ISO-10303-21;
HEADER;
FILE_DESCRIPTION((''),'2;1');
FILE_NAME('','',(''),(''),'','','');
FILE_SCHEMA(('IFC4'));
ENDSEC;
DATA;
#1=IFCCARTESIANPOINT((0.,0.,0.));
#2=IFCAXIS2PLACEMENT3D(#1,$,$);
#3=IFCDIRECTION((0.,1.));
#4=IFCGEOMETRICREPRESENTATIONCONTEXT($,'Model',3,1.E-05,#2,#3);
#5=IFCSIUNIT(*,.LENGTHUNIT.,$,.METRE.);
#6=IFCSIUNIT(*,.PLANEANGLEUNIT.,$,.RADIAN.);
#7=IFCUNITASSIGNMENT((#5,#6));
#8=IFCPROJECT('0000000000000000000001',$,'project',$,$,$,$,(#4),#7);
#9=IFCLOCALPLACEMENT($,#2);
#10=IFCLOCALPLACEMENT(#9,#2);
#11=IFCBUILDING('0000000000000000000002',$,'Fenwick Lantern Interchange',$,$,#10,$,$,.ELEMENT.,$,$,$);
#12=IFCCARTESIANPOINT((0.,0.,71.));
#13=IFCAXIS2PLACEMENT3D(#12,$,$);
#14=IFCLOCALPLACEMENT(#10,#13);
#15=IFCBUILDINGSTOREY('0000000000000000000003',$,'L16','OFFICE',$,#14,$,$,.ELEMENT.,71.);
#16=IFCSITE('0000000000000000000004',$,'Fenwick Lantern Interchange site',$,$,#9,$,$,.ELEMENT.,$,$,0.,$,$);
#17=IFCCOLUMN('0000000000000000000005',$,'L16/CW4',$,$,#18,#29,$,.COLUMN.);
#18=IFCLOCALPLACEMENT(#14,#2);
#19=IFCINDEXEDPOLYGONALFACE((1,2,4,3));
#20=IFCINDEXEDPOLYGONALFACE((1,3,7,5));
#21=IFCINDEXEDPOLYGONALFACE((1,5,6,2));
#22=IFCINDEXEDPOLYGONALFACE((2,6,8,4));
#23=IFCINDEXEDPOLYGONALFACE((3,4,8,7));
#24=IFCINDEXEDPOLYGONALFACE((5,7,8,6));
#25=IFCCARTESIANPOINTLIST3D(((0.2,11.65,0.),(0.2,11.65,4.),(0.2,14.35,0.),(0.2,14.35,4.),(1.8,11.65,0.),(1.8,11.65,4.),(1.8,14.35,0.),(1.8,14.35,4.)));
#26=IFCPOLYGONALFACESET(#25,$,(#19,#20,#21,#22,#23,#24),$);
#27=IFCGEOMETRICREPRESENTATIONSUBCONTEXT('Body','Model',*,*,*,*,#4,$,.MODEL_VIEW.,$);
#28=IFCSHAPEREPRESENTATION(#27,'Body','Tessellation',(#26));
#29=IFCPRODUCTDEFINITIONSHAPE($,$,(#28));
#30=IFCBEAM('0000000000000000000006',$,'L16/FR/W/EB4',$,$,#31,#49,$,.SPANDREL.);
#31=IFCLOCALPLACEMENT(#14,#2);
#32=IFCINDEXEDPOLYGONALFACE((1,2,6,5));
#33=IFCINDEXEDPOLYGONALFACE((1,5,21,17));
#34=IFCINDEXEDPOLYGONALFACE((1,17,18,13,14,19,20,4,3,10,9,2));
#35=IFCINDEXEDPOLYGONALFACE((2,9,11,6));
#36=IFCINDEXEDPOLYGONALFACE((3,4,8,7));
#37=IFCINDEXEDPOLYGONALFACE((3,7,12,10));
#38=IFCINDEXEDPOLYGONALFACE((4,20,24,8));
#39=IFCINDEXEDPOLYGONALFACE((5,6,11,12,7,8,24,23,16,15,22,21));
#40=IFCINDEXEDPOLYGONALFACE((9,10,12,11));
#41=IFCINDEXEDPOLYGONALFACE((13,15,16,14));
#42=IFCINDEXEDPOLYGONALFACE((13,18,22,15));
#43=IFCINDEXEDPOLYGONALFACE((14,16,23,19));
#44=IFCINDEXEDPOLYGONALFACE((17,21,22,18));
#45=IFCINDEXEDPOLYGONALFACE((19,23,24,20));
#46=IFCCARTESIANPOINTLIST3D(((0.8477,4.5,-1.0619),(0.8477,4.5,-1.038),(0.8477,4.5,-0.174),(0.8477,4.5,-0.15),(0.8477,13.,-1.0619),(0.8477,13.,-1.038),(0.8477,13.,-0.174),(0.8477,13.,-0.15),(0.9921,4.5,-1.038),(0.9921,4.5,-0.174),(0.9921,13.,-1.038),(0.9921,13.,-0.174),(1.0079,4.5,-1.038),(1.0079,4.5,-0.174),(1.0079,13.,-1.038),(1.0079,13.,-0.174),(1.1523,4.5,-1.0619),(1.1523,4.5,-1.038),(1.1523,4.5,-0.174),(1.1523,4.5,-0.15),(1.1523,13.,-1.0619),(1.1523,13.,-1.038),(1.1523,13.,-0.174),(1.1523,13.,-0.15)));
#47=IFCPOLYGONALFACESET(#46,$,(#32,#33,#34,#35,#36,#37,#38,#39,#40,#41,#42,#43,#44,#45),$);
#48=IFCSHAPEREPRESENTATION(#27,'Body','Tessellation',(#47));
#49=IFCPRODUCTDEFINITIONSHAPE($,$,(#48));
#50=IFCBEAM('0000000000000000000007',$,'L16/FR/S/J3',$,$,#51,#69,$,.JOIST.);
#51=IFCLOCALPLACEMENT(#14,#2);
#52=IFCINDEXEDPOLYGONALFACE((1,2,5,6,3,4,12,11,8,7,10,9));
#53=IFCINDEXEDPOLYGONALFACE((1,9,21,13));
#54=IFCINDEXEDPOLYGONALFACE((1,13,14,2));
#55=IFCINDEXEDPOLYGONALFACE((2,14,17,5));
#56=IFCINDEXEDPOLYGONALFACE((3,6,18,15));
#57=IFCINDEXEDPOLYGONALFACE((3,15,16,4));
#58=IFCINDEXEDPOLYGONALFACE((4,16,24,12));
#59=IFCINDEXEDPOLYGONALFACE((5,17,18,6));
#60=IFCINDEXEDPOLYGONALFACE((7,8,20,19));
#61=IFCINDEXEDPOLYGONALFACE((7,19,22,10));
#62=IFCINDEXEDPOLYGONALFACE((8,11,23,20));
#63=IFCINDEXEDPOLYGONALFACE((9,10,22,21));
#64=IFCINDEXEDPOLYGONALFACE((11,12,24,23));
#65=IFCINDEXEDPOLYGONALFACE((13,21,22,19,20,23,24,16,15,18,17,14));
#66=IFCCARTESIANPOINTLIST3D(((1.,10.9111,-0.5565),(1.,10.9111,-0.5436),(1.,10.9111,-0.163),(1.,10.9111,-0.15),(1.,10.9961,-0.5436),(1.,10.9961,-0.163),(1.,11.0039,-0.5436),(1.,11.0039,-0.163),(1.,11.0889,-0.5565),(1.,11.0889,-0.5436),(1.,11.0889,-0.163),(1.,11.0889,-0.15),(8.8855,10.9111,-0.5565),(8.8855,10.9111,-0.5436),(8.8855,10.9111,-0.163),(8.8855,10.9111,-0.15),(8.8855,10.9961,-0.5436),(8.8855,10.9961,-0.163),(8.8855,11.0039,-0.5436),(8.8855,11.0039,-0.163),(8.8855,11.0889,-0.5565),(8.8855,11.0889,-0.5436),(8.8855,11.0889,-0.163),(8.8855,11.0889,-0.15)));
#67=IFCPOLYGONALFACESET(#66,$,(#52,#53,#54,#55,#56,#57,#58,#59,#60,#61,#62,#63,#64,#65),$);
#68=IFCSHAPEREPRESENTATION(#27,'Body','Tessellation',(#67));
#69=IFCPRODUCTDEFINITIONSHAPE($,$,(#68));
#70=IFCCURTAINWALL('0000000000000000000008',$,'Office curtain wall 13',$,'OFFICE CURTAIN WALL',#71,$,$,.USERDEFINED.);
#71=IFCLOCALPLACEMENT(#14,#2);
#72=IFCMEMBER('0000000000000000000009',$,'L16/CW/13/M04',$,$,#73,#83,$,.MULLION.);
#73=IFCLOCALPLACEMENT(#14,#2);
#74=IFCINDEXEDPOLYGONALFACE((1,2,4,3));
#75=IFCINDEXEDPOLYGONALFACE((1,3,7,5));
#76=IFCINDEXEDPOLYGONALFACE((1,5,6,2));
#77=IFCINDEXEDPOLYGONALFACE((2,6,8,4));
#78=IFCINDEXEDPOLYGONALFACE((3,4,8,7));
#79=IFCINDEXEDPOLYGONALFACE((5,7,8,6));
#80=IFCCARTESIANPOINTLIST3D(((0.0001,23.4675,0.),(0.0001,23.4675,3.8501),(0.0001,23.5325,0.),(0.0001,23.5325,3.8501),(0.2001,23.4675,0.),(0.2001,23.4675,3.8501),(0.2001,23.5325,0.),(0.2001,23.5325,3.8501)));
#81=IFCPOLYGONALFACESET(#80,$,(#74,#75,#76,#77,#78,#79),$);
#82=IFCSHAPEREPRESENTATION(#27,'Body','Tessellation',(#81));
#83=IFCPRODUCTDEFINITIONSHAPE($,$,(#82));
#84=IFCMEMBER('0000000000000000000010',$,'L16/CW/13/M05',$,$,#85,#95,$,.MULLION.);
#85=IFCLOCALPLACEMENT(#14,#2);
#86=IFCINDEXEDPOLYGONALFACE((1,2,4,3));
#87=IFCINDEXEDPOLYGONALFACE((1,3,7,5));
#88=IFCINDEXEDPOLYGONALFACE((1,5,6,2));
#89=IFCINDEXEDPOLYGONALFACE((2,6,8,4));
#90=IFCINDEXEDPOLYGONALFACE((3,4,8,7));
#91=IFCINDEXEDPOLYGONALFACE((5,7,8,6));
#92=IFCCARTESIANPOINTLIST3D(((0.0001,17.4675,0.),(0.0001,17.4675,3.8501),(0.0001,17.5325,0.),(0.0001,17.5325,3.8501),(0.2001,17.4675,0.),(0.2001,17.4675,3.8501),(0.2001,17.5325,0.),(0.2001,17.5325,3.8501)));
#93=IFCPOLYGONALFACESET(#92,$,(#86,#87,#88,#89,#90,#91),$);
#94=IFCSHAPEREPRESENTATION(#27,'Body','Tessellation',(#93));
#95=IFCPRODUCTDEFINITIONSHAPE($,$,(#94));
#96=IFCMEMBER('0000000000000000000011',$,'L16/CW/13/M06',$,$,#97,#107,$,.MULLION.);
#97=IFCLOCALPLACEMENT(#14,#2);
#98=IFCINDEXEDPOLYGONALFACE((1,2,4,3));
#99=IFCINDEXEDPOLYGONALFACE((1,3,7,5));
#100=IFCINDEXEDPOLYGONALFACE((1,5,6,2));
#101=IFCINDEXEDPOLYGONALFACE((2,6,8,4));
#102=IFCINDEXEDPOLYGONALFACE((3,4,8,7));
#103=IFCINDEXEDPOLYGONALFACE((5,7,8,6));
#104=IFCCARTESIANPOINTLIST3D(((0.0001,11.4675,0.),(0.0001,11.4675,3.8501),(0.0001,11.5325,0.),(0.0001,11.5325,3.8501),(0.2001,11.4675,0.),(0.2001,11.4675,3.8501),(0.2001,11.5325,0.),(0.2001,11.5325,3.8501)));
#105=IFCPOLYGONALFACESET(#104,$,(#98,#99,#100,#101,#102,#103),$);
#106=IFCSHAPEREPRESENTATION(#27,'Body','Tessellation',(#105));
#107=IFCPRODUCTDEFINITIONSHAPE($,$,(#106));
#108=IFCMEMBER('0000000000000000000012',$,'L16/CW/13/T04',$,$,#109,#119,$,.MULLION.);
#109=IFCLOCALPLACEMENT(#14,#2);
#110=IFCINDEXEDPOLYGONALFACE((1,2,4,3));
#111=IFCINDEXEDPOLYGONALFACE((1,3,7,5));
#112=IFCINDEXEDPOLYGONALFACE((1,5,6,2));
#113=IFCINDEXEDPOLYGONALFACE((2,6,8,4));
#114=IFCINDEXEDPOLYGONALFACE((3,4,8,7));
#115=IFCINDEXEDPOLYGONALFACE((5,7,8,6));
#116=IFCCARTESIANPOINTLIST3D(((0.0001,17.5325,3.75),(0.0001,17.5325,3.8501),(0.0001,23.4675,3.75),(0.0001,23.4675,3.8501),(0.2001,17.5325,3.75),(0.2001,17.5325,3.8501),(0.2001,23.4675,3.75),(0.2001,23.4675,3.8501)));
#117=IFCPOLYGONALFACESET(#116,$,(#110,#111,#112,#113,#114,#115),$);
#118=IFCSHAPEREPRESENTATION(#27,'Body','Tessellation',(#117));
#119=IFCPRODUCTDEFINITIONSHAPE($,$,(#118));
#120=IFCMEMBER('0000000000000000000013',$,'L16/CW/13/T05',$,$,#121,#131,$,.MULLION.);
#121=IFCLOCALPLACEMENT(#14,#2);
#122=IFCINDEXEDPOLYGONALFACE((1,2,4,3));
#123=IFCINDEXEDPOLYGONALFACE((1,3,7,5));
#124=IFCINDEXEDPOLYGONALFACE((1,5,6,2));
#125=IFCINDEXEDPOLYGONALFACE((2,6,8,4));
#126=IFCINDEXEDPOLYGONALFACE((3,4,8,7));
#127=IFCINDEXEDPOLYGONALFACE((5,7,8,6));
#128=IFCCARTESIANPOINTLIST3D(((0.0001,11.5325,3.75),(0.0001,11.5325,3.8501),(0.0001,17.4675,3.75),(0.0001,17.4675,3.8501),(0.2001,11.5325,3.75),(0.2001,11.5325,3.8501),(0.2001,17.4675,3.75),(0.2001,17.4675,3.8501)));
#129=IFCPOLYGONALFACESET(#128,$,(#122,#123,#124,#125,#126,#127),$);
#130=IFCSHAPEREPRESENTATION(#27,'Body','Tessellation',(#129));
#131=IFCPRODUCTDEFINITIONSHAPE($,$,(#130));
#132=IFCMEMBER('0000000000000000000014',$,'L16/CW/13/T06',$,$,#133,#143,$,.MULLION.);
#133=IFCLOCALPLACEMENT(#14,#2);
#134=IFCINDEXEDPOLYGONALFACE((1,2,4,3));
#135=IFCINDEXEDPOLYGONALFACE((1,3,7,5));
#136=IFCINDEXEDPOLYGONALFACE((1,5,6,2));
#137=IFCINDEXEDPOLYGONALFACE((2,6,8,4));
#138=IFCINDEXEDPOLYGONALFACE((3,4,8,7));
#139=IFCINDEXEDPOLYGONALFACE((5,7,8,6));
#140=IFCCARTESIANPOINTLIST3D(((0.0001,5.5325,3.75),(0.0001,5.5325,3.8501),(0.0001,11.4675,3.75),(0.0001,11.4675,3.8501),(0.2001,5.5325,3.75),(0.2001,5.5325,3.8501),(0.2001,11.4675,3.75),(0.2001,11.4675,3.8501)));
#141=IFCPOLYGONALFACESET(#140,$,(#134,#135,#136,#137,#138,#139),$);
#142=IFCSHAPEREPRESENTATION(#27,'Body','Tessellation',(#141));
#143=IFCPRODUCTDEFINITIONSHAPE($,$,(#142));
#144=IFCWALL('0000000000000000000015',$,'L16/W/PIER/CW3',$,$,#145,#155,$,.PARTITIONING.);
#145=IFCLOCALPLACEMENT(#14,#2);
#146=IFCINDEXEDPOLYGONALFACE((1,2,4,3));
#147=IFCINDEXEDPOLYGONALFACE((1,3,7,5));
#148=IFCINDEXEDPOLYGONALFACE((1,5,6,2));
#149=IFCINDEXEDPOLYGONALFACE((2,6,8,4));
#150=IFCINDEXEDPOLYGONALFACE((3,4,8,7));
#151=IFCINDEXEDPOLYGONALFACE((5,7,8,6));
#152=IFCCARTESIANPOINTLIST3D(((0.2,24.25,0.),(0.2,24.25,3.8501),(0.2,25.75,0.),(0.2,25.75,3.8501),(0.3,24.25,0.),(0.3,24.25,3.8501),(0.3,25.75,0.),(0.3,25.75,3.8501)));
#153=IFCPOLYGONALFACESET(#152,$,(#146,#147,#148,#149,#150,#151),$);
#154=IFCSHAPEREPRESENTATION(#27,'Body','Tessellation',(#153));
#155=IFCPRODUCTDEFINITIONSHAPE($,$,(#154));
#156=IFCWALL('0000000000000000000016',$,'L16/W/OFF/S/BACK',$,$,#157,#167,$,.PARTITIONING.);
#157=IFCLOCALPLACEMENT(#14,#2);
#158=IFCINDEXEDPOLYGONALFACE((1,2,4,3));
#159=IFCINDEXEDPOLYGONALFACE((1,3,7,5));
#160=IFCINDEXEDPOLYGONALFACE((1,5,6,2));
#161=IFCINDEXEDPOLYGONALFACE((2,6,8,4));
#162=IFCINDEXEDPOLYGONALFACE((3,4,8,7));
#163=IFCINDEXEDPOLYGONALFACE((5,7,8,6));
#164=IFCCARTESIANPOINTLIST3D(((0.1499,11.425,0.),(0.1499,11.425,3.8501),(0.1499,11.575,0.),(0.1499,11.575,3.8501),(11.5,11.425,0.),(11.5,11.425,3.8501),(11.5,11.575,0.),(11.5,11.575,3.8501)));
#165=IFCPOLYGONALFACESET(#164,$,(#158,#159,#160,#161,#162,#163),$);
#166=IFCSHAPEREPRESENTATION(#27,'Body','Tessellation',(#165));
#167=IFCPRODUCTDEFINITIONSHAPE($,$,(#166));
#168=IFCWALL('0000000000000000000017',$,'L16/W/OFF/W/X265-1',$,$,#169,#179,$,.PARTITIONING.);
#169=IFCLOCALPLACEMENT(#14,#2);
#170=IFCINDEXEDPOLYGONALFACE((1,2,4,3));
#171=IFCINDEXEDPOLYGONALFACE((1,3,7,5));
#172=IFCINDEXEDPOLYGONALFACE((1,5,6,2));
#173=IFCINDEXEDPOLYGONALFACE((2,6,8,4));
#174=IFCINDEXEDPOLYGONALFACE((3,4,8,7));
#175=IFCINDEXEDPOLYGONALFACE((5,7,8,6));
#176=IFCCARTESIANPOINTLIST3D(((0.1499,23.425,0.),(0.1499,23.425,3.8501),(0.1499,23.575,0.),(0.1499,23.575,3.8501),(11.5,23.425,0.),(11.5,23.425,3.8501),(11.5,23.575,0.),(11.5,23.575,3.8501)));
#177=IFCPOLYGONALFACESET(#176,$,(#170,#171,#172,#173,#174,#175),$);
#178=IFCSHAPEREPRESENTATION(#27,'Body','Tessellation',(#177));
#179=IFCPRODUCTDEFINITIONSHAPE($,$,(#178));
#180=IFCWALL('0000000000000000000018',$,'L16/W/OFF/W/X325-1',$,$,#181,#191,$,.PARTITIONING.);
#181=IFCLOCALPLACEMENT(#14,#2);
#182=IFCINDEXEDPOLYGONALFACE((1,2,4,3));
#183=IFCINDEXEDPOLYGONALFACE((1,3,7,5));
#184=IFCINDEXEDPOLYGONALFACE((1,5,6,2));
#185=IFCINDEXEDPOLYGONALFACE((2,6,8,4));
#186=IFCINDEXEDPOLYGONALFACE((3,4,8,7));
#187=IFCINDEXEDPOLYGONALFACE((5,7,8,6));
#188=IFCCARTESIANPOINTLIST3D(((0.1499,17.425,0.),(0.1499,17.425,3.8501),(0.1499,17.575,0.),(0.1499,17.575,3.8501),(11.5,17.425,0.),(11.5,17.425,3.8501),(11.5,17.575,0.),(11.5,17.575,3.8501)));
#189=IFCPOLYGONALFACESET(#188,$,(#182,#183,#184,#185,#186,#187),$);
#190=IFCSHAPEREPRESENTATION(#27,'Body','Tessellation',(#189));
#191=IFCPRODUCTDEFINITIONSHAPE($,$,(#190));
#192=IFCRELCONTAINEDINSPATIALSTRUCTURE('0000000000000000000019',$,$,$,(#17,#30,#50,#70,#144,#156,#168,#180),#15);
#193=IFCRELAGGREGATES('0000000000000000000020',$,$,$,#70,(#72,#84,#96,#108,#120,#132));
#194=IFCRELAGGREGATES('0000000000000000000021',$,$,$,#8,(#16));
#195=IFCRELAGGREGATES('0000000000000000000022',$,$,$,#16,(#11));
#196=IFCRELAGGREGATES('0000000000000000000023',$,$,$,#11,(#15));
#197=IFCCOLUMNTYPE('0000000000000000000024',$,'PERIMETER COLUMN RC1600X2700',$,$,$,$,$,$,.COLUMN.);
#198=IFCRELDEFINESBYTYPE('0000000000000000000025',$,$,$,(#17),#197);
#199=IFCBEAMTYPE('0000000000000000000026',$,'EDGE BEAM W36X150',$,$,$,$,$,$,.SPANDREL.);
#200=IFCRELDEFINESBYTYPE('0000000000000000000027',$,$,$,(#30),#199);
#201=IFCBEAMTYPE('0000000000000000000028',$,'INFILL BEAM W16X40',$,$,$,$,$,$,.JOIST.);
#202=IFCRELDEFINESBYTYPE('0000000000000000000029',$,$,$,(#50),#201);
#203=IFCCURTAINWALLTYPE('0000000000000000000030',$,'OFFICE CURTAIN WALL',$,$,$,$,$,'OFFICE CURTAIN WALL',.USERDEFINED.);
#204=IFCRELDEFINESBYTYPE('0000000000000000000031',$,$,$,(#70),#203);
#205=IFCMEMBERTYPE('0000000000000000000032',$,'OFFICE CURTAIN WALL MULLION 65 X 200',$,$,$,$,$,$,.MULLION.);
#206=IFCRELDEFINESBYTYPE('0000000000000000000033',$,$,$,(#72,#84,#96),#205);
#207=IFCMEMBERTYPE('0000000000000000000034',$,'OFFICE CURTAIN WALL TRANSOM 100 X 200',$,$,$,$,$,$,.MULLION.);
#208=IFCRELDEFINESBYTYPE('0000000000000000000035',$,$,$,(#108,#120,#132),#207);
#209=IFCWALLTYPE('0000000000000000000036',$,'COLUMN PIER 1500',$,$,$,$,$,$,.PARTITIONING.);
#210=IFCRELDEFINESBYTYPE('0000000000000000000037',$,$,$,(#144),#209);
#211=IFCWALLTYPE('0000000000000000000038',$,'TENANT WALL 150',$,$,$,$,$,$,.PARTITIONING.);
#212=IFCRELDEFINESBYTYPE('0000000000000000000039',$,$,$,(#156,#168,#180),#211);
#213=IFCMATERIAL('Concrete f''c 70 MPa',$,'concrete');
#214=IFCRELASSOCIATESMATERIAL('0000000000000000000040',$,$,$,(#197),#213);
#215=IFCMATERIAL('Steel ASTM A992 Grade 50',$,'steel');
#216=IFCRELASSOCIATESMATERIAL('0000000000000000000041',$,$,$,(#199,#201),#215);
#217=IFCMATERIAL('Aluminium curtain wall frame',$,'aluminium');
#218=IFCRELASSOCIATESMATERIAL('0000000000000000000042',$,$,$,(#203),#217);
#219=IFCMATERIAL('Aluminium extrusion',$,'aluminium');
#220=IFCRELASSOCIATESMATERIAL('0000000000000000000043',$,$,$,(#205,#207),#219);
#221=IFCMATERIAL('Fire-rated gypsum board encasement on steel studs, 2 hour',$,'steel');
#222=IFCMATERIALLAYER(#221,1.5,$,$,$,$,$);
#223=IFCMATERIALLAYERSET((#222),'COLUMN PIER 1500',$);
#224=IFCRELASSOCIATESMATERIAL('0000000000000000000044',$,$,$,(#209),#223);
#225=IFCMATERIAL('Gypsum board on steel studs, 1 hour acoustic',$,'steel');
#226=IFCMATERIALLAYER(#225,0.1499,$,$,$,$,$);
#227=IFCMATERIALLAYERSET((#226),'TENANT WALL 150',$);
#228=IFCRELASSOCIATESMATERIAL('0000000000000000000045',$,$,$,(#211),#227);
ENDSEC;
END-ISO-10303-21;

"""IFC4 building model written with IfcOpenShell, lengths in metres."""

from ifc_helpers import new_model, si_unit, direction, frame, frame_2d, origin, origin_2d, place, context, subcontext, project, spatial, rectangle, i_section, extrude, material, layer, layer_set, material_profile, profile_set, type_object, element, aggregate, save


model = new_model("IFC4")

# Units and contexts
model_context = context("Model", 3, precision=1e-05, world=origin(), true_north=direction((0.0, 1.0)))
body_context = subcontext(model_context, "Body", "Model", "MODEL_VIEW")
ifc_project = project(units=[si_unit("LENGTHUNIT", "METRE"), si_unit("PLANEANGLEUNIT", "RADIAN")], contexts=[model_context])

# Site, building, storey
site_placement = place(None, origin())
site = spatial("IfcSite", under=ifc_project, at=site_placement, Name="Fenwick Lantern Interchange site", CompositionType="ELEMENT", RefElevation=0.0)
building_placement = place(site_placement, origin())
building = spatial("IfcBuilding", under=site, at=building_placement, Name="Fenwick Lantern Interchange", CompositionType="ELEMENT")
storey_placement = place(building_placement, frame((0.0, 0.0, 71.0)))
storey = spatial("IfcBuildingStorey", under=building, at=storey_placement, Name="L16", Description="OFFICE", CompositionType="ELEMENT", Elevation=71.0)

# Column
ifc_material_1 = material(Name="Concrete f'c 70 MPa", Category="concrete")
ifc_material_profile_1 = material_profile(ifc_material_1, rectangle(XDim=1.6001, YDim=2.7, at=origin_2d()), Name="RC1600X2700")
ifc_profile_set_1 = profile_set([ifc_material_profile_1], Name="Concrete f'c 70 MPa")
column_type = type_object("IfcColumnType", Name="PERIMETER COLUMN RC1600X2700", PredefinedType="COLUMN", material=ifc_profile_set_1)
column_placement = place(storey_placement, frame((1.0, 13.0, 0.0), z_axis=(0.0, 0.0, 1.0), x_axis=(1.0, 0.0, 0.0)))
element("IfcColumn", 1, at=column_placement, inside=storey, type_object=column_type, Name="L16/CW4", PredefinedType="COLUMN", context=body_context, shape_type="SweptSolid", body=[
    extrude(rectangle(XDim=1.6001, YDim=2.7, at=origin_2d()), origin(), (0.0, 0.0, 1.0), 4.0),
])

# Beams
ifc_material_2 = material(Name="Steel ASTM A992 Grade 50", Category="steel")
ifc_material_profile_2 = material_profile(ifc_material_2, i_section(OverallWidth=0.3047, OverallDepth=0.9119, WebThickness=0.0159, FlangeThickness=0.0239, at=origin_2d()), Name="W36X150")
ifc_profile_set_2 = profile_set([ifc_material_profile_2], Name="Steel ASTM A992 Grade 50")
beam_type_1 = type_object("IfcBeamType", Name="EDGE BEAM W36X150", PredefinedType="SPANDREL", material=ifc_profile_set_2)
beam_1_placement = place(storey_placement, frame((1.0, 13.0, -0.606), z_axis=(0.0, -1.0, 0.0), x_axis=(1.0, 0.0, 0.0)))
element("IfcBeam", 2, at=beam_1_placement, inside=storey, type_object=beam_type_1, Name="L16/FR/W/EB4", PredefinedType="SPANDREL", context=body_context, shape_type="SweptSolid", body=[
    extrude(i_section(OverallWidth=0.3047, OverallDepth=0.9119, WebThickness=0.0159, FlangeThickness=0.0239, at=origin_2d()), origin(), (0.0, 0.0, 1.0), 8.5),
])
ifc_material_profile_3 = material_profile(ifc_material_2, i_section(OverallWidth=0.1777, OverallDepth=0.4065, WebThickness=0.0078, FlangeThickness=0.0129, at=origin_2d()), Name="W16X40")
ifc_profile_set_3 = profile_set([ifc_material_profile_3], Name="Steel ASTM A992 Grade 50")
beam_type_2 = type_object("IfcBeamType", Name="INFILL BEAM W16X40", PredefinedType="JOIST", material=ifc_profile_set_3)
beam_2_placement = place(storey_placement, frame((1.0, 11.0, -0.3533), z_axis=(1.0, 0.0, 0.0), x_axis=(0.0, 1.0, 0.0)))
element("IfcBeam", 3, at=beam_2_placement, inside=storey, type_object=beam_type_2, Name="L16/FR/S/J3", PredefinedType="JOIST", context=body_context, shape_type="SweptSolid", body=[
    extrude(i_section(OverallWidth=0.1777, OverallDepth=0.4065, WebThickness=0.0078, FlangeThickness=0.0129, at=origin_2d()), origin(), (0.0, 0.0, 1.0), 7.8855),
])

# Curtain wall, members
ifc_material_3 = material(Name="Aluminium curtain wall frame", Category="aluminium")
curtain_wall_type = type_object("IfcCurtainWallType", Name="OFFICE CURTAIN WALL", ElementType="OFFICE CURTAIN WALL", PredefinedType="USERDEFINED", material=ifc_material_3)
curtain_wall_placement = place(storey_placement, origin())
curtain_wall = element("IfcCurtainWall", 4, at=curtain_wall_placement, inside=storey, type_object=curtain_wall_type, Name="Office curtain wall 13", ObjectType="OFFICE CURTAIN WALL", PredefinedType="USERDEFINED")
ifc_material_4 = material(Name="Aluminium extrusion", Category="aluminium")
ifc_material_profile_4 = material_profile(ifc_material_4, rectangle(XDim=0.2, YDim=0.0649, at=origin_2d()), Name="OFFICE CURTAIN WALL MULLION 65 X 200")
ifc_profile_set_4 = profile_set([ifc_material_profile_4], Name="Aluminium extrusion")
member_type_1 = type_object("IfcMemberType", Name="OFFICE CURTAIN WALL MULLION 65 X 200", PredefinedType="MULLION", material=ifc_profile_set_4)
member_1_placement = place(storey_placement, frame((0.1001, 23.5, 0.0), z_axis=(0.0, 0.0, 1.0), x_axis=(1.0, 0.0, 0.0)))
member_1 = element("IfcMember", 5, at=member_1_placement, type_object=member_type_1, Name="L16/CW/13/M04", PredefinedType="MULLION", context=body_context, shape_type="SweptSolid", body=[
    extrude(rectangle(XDim=0.2, YDim=0.0649, at=origin_2d()), origin(), (0.0, 0.0, 1.0), 3.8501),
])
member_2_placement = place(storey_placement, frame((0.1001, 17.5, 0.0), z_axis=(0.0, 0.0, 1.0), x_axis=(1.0, 0.0, 0.0)))
member_2 = element("IfcMember", 6, at=member_2_placement, type_object=member_type_1, Name="L16/CW/13/M05", PredefinedType="MULLION", context=body_context, shape_type="SweptSolid", body=[
    extrude(rectangle(XDim=0.2, YDim=0.0649, at=origin_2d()), origin(), (0.0, 0.0, 1.0), 3.8501),
])
member_3_placement = place(storey_placement, frame((0.1001, 11.5, 0.0), z_axis=(0.0, 0.0, 1.0), x_axis=(1.0, 0.0, 0.0)))
member_3 = element("IfcMember", 7, at=member_3_placement, type_object=member_type_1, Name="L16/CW/13/M06", PredefinedType="MULLION", context=body_context, shape_type="SweptSolid", body=[
    extrude(rectangle(XDim=0.2, YDim=0.0649, at=origin_2d()), origin(), (0.0, 0.0, 1.0), 3.8501),
])
ifc_material_profile_5 = material_profile(ifc_material_4, rectangle(XDim=0.2, YDim=0.1001, at=origin_2d()), Name="OFFICE CURTAIN WALL TRANSOM 100 X 200")
ifc_profile_set_5 = profile_set([ifc_material_profile_5], Name="Aluminium extrusion")
member_type_2 = type_object("IfcMemberType", Name="OFFICE CURTAIN WALL TRANSOM 100 X 200", PredefinedType="MULLION", material=ifc_profile_set_5)
member_4_placement = place(storey_placement, frame((0.1001, 23.4675, 3.8), z_axis=(0.0, -1.0, 0.0), x_axis=(1.0, 0.0, 0.0)))
member_4 = element("IfcMember", 8, at=member_4_placement, type_object=member_type_2, Name="L16/CW/13/T04", PredefinedType="MULLION", context=body_context, shape_type="SweptSolid", body=[
    extrude(rectangle(XDim=0.2, YDim=0.1001, at=origin_2d()), origin(), (0.0, 0.0, 1.0), 5.9351),
])
member_5_placement = place(storey_placement, frame((0.1001, 17.4675, 3.8), z_axis=(0.0, -1.0, 0.0), x_axis=(1.0, 0.0, 0.0)))
member_5 = element("IfcMember", 9, at=member_5_placement, type_object=member_type_2, Name="L16/CW/13/T05", PredefinedType="MULLION", context=body_context, shape_type="SweptSolid", body=[
    extrude(rectangle(XDim=0.2, YDim=0.1001, at=origin_2d()), origin(), (0.0, 0.0, 1.0), 5.9351),
])
member_6_placement = place(storey_placement, frame((0.1001, 11.4675, 3.8), z_axis=(0.0, -1.0, 0.0), x_axis=(1.0, 0.0, 0.0)))
member_6 = element("IfcMember", 10, at=member_6_placement, type_object=member_type_2, Name="L16/CW/13/T06", PredefinedType="MULLION", context=body_context, shape_type="SweptSolid", body=[
    extrude(rectangle(XDim=0.2, YDim=0.1001, at=origin_2d()), origin(), (0.0, 0.0, 1.0), 5.9351),
])
aggregate(curtain_wall, [member_1, member_2, member_3, member_4, member_5, member_6])

# Walls
ifc_material_5 = material(Name="Fire-rated gypsum board encasement on steel studs, 2 hour", Category="steel")
ifc_layer_1 = layer(ifc_material_5, 1.5)
ifc_layer_set_1 = layer_set([ifc_layer_1], Name="COLUMN PIER 1500")
wall_type_1 = type_object("IfcWallType", Name="COLUMN PIER 1500", PredefinedType="PARTITIONING", material=ifc_layer_set_1)
wall_placement = place(storey_placement, frame((0.2, 25.0, 0.0), z_axis=(0.0, 0.0, 1.0), x_axis=(1.0, 0.0, 0.0)))
element("IfcWall", 11, at=wall_placement, inside=storey, type_object=wall_type_1, Name="L16/W/PIER/CW3", PredefinedType="PARTITIONING", context=body_context, shape_type="SweptSolid", body=[
    extrude(rectangle(XDim=0.1001, YDim=1.5, at=frame_2d((0.05, 0.0))), origin(), (0.0, 0.0, 1.0), 3.8501),
])
ifc_material_6 = material(Name="Gypsum board on steel studs, 1 hour acoustic", Category="steel")
ifc_layer_2 = layer(ifc_material_6, 0.1499)
ifc_layer_set_2 = layer_set([ifc_layer_2], Name="TENANT WALL 150")
wall_type_2 = type_object("IfcWallType", Name="TENANT WALL 150", PredefinedType="PARTITIONING", material=ifc_layer_set_2)
for number, where, z_axis, x_axis, name in (
    (12, (0.1499, 11.5, 0.0), (0.0, 0.0, 1.0), (1.0, 0.0, 0.0), "L16/W/OFF/S/BACK"),
    (13, (0.1499, 23.5, 0.0), (0.0, 0.0, 1.0), (1.0, 0.0, 0.0), "L16/W/OFF/W/X265-1"),
    (14, (0.1499, 17.5, 0.0), (0.0, 0.0, 1.0), (1.0, 0.0, 0.0), "L16/W/OFF/W/X325-1"),
):
    element("IfcWall", number, at=place(storey_placement, frame(where, z_axis=z_axis, x_axis=x_axis)), inside=storey, type_object=wall_type_2, Name=name, PredefinedType="PARTITIONING", context=body_context, shape_type="SweptSolid", body=[
        extrude(rectangle(XDim=11.3501, YDim=0.1499, at=frame_2d((5.675, 0.0))), origin(), (0.0, 0.0, 1.0), 3.8501),
    ])

save(model, "model.ifc")
